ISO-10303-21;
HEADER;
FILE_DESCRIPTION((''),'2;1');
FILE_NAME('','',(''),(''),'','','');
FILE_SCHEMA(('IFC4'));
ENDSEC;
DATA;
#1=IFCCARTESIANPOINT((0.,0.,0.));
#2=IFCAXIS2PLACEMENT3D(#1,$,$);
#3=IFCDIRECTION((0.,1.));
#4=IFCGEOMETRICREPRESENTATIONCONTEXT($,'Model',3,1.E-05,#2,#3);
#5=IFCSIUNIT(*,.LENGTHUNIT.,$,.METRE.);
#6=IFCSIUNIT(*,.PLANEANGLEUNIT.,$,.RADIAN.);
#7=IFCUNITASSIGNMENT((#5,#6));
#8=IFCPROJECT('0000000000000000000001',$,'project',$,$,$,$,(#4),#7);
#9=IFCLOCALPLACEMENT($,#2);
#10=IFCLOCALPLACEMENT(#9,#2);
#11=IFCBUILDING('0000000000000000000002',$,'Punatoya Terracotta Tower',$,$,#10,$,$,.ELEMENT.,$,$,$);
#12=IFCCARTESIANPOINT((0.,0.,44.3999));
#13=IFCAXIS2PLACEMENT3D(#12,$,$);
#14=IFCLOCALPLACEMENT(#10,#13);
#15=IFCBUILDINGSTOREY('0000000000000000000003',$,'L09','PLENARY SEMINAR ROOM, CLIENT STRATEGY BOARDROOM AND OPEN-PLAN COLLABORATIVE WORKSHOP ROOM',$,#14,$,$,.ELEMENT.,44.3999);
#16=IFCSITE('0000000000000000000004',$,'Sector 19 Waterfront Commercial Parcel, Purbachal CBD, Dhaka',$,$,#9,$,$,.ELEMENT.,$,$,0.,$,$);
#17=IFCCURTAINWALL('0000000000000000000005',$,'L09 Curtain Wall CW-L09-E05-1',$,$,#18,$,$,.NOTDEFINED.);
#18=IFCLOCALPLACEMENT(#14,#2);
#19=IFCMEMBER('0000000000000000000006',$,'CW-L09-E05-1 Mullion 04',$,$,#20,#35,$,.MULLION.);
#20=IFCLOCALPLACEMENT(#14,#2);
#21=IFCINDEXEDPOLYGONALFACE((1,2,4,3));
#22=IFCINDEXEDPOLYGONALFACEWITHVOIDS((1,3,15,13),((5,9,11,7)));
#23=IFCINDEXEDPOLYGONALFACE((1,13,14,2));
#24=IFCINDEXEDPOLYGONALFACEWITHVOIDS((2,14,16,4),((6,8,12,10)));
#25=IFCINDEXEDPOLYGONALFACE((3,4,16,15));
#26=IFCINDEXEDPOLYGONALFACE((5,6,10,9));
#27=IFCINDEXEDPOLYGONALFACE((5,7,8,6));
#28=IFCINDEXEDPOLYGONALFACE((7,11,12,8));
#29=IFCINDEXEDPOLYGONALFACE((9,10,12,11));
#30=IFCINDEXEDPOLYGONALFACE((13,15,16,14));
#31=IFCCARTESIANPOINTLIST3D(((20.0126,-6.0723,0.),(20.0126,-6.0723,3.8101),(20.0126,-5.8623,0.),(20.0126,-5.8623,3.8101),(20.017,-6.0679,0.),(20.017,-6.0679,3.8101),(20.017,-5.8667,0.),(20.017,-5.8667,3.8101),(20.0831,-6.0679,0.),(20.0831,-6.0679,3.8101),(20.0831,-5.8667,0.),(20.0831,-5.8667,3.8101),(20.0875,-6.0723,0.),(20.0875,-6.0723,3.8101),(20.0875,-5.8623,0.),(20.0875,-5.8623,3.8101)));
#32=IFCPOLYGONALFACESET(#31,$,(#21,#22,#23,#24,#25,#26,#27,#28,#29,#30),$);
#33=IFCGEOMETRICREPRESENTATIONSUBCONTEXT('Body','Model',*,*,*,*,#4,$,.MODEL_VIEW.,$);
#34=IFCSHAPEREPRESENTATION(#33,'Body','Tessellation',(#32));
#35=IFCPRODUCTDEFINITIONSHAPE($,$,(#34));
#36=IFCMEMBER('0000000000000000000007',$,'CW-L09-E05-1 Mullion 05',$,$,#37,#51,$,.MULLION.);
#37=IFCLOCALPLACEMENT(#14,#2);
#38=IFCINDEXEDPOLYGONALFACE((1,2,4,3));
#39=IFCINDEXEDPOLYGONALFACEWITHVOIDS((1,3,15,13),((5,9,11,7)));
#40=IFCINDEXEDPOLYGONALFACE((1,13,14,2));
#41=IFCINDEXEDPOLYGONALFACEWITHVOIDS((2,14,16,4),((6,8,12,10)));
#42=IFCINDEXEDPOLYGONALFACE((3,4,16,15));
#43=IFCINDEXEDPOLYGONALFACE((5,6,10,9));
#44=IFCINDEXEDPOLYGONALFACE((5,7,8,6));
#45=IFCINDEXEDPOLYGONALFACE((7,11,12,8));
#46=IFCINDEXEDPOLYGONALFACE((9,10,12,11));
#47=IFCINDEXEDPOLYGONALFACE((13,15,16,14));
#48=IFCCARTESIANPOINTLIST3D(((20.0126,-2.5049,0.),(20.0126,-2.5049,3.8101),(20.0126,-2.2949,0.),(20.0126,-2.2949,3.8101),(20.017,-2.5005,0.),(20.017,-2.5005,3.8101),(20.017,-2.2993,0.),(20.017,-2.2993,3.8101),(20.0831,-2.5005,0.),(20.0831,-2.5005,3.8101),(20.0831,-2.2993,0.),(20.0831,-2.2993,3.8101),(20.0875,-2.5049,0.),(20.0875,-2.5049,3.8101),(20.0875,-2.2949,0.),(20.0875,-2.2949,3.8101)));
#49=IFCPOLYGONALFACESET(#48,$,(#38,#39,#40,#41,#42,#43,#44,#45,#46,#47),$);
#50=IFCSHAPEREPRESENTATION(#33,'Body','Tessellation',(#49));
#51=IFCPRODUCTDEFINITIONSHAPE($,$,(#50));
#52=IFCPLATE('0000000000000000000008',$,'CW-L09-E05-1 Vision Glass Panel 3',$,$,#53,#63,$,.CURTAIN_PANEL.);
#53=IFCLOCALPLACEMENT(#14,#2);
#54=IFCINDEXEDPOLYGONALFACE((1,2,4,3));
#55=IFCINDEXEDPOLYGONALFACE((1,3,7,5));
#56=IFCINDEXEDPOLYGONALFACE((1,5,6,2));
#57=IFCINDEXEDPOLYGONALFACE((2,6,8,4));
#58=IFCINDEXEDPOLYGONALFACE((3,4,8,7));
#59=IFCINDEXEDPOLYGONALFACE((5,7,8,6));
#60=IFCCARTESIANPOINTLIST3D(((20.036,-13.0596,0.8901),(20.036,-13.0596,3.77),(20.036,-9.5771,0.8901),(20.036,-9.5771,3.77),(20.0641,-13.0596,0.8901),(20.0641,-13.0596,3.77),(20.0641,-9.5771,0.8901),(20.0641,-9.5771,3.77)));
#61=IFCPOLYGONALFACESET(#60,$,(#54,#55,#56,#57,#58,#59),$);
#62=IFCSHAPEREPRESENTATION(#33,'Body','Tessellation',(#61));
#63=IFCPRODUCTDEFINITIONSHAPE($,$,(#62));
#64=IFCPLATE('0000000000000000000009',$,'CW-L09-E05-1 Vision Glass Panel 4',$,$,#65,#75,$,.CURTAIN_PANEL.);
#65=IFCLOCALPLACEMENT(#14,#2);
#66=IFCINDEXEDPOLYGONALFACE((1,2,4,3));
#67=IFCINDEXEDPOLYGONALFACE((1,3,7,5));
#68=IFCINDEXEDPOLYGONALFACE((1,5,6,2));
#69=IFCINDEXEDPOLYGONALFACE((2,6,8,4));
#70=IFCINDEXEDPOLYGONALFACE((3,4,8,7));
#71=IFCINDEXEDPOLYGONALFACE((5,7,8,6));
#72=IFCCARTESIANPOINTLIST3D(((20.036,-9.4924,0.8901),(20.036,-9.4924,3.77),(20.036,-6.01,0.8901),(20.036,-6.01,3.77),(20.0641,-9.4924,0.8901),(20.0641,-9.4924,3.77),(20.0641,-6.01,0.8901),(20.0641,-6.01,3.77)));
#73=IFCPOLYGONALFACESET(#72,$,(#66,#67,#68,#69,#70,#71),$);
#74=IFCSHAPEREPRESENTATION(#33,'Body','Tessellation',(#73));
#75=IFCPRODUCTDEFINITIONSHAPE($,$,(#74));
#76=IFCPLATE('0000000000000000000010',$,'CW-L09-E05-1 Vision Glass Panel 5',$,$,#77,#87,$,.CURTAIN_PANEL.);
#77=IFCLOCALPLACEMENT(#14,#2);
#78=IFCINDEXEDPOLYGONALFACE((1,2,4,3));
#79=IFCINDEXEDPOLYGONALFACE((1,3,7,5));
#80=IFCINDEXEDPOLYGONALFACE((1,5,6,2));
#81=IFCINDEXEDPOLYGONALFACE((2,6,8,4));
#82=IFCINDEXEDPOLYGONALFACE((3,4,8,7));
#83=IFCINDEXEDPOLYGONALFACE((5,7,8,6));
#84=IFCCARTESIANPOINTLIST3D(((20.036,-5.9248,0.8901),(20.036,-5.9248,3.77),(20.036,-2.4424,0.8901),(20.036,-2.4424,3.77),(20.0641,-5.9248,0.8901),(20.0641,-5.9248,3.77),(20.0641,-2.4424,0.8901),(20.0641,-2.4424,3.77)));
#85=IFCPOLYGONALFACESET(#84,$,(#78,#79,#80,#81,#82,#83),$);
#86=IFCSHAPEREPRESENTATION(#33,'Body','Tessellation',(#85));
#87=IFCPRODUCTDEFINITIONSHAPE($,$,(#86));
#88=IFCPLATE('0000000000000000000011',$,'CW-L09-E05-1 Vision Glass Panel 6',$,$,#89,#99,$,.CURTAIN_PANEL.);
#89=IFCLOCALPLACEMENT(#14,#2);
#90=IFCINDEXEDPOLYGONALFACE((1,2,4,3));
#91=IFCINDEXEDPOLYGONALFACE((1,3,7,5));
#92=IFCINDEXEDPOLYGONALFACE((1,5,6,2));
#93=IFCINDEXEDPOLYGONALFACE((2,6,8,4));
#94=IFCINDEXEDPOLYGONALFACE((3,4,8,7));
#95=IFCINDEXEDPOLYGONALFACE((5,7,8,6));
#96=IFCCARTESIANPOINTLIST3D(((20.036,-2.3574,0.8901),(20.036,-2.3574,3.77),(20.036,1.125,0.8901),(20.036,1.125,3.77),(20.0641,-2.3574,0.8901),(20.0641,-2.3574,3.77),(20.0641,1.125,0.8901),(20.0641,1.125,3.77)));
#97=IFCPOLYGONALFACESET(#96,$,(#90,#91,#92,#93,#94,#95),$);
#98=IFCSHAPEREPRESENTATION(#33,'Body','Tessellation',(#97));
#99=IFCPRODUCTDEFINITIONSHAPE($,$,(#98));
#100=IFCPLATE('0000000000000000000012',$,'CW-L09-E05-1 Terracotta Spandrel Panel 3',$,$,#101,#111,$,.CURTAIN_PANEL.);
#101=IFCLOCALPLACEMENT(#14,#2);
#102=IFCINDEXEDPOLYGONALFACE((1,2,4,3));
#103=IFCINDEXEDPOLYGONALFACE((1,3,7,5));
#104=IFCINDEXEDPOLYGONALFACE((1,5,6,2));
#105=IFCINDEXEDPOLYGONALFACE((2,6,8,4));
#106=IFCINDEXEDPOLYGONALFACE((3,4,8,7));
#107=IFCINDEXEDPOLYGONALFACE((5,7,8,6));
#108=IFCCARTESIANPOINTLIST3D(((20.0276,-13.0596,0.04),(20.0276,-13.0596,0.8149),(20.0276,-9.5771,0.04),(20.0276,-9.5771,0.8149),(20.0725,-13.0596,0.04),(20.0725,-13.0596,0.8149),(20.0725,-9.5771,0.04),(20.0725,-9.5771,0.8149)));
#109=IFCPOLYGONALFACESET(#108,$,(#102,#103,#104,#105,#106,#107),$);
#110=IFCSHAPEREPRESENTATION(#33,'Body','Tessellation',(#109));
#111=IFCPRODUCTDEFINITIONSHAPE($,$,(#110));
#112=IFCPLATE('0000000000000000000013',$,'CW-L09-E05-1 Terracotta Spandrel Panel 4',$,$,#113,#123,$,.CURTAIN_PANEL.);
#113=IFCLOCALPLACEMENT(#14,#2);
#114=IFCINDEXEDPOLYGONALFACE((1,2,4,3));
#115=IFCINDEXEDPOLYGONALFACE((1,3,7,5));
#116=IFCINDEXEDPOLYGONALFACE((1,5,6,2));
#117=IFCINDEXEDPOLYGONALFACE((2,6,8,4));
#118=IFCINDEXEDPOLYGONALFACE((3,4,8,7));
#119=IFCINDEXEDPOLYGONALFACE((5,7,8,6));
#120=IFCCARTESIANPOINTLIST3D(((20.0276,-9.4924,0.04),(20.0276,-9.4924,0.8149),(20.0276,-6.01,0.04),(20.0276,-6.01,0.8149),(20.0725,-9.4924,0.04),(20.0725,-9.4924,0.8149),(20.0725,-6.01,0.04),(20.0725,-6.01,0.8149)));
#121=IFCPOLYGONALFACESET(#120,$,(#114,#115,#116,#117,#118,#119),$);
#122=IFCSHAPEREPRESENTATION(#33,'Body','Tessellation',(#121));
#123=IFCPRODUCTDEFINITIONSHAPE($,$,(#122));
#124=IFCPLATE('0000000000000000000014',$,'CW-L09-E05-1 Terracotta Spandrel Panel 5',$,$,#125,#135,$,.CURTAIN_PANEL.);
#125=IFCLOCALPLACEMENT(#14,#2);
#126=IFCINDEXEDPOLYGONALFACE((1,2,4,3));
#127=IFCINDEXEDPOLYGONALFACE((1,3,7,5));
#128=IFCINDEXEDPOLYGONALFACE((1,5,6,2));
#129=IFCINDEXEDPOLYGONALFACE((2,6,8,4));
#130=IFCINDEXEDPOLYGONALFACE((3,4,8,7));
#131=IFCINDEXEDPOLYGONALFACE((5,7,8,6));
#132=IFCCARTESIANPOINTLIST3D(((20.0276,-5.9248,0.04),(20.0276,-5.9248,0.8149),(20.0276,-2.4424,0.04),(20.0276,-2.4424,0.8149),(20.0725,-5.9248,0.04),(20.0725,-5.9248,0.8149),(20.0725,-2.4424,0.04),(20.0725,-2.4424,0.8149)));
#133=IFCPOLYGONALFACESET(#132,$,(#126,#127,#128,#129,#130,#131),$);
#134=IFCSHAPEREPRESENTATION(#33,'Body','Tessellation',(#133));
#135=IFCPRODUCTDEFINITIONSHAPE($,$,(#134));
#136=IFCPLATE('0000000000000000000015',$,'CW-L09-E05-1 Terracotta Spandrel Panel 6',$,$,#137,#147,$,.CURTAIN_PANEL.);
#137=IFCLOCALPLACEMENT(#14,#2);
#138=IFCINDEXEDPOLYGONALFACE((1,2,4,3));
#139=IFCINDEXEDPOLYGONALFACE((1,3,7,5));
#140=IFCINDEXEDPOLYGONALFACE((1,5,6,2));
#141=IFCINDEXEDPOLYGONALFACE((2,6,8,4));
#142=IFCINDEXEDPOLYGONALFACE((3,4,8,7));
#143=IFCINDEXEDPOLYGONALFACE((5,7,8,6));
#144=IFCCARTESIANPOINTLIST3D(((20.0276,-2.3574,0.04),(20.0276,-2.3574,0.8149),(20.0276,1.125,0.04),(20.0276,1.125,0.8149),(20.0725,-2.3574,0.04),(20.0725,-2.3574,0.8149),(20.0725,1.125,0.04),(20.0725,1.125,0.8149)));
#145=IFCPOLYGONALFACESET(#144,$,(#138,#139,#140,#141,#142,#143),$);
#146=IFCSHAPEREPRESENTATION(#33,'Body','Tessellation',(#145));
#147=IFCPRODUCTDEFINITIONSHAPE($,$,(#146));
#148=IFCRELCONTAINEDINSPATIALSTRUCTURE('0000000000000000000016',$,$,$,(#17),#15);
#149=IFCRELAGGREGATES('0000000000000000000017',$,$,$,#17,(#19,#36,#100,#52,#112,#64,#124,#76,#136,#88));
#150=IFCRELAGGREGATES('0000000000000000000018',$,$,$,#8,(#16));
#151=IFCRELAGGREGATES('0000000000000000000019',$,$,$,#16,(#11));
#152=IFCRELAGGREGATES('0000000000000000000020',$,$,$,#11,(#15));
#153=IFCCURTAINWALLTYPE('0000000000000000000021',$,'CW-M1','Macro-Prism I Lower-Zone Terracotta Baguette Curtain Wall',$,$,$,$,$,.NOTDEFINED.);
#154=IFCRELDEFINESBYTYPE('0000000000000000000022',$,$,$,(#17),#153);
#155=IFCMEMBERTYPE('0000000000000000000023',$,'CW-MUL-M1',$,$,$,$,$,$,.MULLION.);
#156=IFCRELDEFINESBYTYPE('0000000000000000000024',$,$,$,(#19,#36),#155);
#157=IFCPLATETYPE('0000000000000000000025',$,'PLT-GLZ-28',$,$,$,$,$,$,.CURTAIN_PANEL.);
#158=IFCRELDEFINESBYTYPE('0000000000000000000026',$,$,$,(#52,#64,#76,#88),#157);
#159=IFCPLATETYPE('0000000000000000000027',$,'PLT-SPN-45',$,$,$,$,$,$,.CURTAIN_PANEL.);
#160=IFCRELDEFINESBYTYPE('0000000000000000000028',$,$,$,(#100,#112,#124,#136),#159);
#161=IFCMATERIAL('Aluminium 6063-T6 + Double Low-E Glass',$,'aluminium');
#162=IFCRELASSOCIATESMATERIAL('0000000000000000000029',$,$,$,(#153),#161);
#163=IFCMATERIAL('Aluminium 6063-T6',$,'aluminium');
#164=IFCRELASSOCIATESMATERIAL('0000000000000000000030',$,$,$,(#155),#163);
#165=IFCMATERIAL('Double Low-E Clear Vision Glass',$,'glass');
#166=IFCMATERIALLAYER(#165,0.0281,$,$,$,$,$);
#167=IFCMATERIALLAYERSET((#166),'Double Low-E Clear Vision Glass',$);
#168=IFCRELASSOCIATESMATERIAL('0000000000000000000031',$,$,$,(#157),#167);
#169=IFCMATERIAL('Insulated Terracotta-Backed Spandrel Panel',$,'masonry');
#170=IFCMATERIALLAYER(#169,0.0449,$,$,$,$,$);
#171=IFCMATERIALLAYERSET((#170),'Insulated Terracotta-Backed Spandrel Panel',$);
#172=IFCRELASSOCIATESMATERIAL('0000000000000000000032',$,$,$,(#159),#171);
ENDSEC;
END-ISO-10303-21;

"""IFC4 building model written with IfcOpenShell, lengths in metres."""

from ifc_helpers import new_model, si_unit, direction, frame, origin, origin_2d, place, context, subcontext, project, spatial, rectangle, hollow_rectangle, extrude, material, layer, layer_set, material_profile, profile_set, type_object, element, aggregate, save


model = new_model("IFC4")

# Units and contexts
model_context = context("Model", 3, precision=1e-05, world=origin(), true_north=direction((0.0, 1.0)))
body_context = subcontext(model_context, "Body", "Model", "MODEL_VIEW")
ifc_project = project(units=[si_unit("LENGTHUNIT", "METRE"), si_unit("PLANEANGLEUNIT", "RADIAN")], contexts=[model_context])

# Site, building, storey
site_placement = place(None, origin())
site = spatial("IfcSite", under=ifc_project, at=site_placement, Name="Sector 19 Waterfront Commercial Parcel, Purbachal CBD, Dhaka", CompositionType="ELEMENT", RefElevation=0.0)
building_placement = place(site_placement, origin())
building = spatial("IfcBuilding", under=site, at=building_placement, Name="Punatoya Terracotta Tower", CompositionType="ELEMENT")
storey_placement = place(building_placement, frame((0.0, 0.0, 44.3999)))
storey = spatial("IfcBuildingStorey", under=building, at=storey_placement, Name="L09", Description="PLENARY SEMINAR ROOM, CLIENT STRATEGY BOARDROOM AND OPEN-PLAN COLLABORATIVE WORKSHOP ROOM", CompositionType="ELEMENT", Elevation=44.3999)

# Curtain wall, members, plates
ifc_material_1 = material(Name="Aluminium 6063-T6 + Double Low-E Glass", Category="aluminium")
curtain_wall_type = type_object("IfcCurtainWallType", Name="CW-M1", Description="Macro-Prism I Lower-Zone Terracotta Baguette Curtain Wall", PredefinedType="NOTDEFINED", material=ifc_material_1)
curtain_wall_placement = place(storey_placement, origin())
curtain_wall = element("IfcCurtainWall", 1, at=curtain_wall_placement, inside=storey, type_object=curtain_wall_type, Name="L09 Curtain Wall CW-L09-E05-1", PredefinedType="NOTDEFINED")
ifc_material_2 = material(Name="Aluminium 6063-T6", Category="aluminium")
ifc_material_profile_1 = material_profile(ifc_material_2, hollow_rectangle(XDim=0.075, YDim=0.21, WallThickness=0.0044, at=origin_2d()))
ifc_profile_set_1 = profile_set([ifc_material_profile_1], Name="Aluminium 6063-T6")
member_type = type_object("IfcMemberType", Name="CW-MUL-M1", PredefinedType="MULLION", material=ifc_profile_set_1)
member_1_placement = place(storey_placement, frame((20.05, -5.9673, 0.0), z_axis=(0.0, 0.0, 1.0), x_axis=(1.0, 0.0, 0.0)))
member_1 = element("IfcMember", 2, at=member_1_placement, type_object=member_type, Name="CW-L09-E05-1 Mullion 04", PredefinedType="MULLION", context=body_context, shape_type="SweptSolid", body=[
    extrude(hollow_rectangle(XDim=0.075, YDim=0.21, WallThickness=0.0044, at=origin_2d()), origin(), (0.0, 0.0, 1.0), 3.8101),
])
member_2_placement = place(storey_placement, frame((20.05, -2.3999, 0.0), z_axis=(0.0, 0.0, 1.0), x_axis=(1.0, 0.0, 0.0)))
member_2 = element("IfcMember", 3, at=member_2_placement, type_object=member_type, Name="CW-L09-E05-1 Mullion 05", PredefinedType="MULLION", context=body_context, shape_type="SweptSolid", body=[
    extrude(hollow_rectangle(XDim=0.075, YDim=0.21, WallThickness=0.0044, at=origin_2d()), origin(), (0.0, 0.0, 1.0), 3.8101),
])
ifc_material_3 = material(Name="Double Low-E Clear Vision Glass", Category="glass")
ifc_layer_1 = layer(ifc_material_3, 0.0281)
ifc_layer_set_1 = layer_set([ifc_layer_1], Name="Double Low-E Clear Vision Glass")
plate_type_1 = type_object("IfcPlateType", Name="PLT-GLZ-28", PredefinedType="CURTAIN_PANEL", material=ifc_layer_set_1)
plate_1_placement = place(storey_placement, frame((20.05, -11.3184, 0.8901), z_axis=(0.0, 0.0, 1.0), x_axis=(0.0, 1.0, 0.0)))
plate_1 = element("IfcPlate", 4, at=plate_1_placement, type_object=plate_type_1, Name="CW-L09-E05-1 Vision Glass Panel 3", PredefinedType="CURTAIN_PANEL", context=body_context, shape_type="SweptSolid", body=[
    extrude(rectangle(XDim=3.4824, YDim=0.0281, at=origin_2d()), origin(), (0.0, 0.0, 1.0), 2.8799),
])
plate_2_placement = place(storey_placement, frame((20.05, -7.7512, 0.8901), z_axis=(0.0, 0.0, 1.0), x_axis=(0.0, 1.0, 0.0)))
plate_2 = element("IfcPlate", 5, at=plate_2_placement, type_object=plate_type_1, Name="CW-L09-E05-1 Vision Glass Panel 4", PredefinedType="CURTAIN_PANEL", context=body_context, shape_type="SweptSolid", body=[
    extrude(rectangle(XDim=3.4824, YDim=0.0281, at=origin_2d()), origin(), (0.0, 0.0, 1.0), 2.8799),
])
plate_3_placement = place(storey_placement, frame((20.05, -4.1836, 0.8901), z_axis=(0.0, 0.0, 1.0), x_axis=(0.0, 1.0, 0.0)))
plate_3 = element("IfcPlate", 6, at=plate_3_placement, type_object=plate_type_1, Name="CW-L09-E05-1 Vision Glass Panel 5", PredefinedType="CURTAIN_PANEL", context=body_context, shape_type="SweptSolid", body=[
    extrude(rectangle(XDim=3.4824, YDim=0.0281, at=origin_2d()), origin(), (0.0, 0.0, 1.0), 2.8799),
])
plate_4_placement = place(storey_placement, frame((20.05, -0.6162, 0.8901), z_axis=(0.0, 0.0, 1.0), x_axis=(0.0, 1.0, 0.0)))
plate_4 = element("IfcPlate", 7, at=plate_4_placement, type_object=plate_type_1, Name="CW-L09-E05-1 Vision Glass Panel 6", PredefinedType="CURTAIN_PANEL", context=body_context, shape_type="SweptSolid", body=[
    extrude(rectangle(XDim=3.4824, YDim=0.0281, at=origin_2d()), origin(), (0.0, 0.0, 1.0), 2.8799),
])
ifc_material_4 = material(Name="Insulated Terracotta-Backed Spandrel Panel", Category="masonry")
ifc_layer_2 = layer(ifc_material_4, 0.0449)
ifc_layer_set_2 = layer_set([ifc_layer_2], Name="Insulated Terracotta-Backed Spandrel Panel")
plate_type_2 = type_object("IfcPlateType", Name="PLT-SPN-45", PredefinedType="CURTAIN_PANEL", material=ifc_layer_set_2)
plate_5_placement = place(storey_placement, frame((20.05, -11.3184, 0.04), z_axis=(0.0, 0.0, 1.0), x_axis=(0.0, 1.0, 0.0)))
plate_5 = element("IfcPlate", 8, at=plate_5_placement, type_object=plate_type_2, Name="CW-L09-E05-1 Terracotta Spandrel Panel 3", PredefinedType="CURTAIN_PANEL", context=body_context, shape_type="SweptSolid", body=[
    extrude(rectangle(XDim=3.4824, YDim=0.0449, at=origin_2d()), origin(), (0.0, 0.0, 1.0), 0.7749),
])
plate_6_placement = place(storey_placement, frame((20.05, -7.7512, 0.04), z_axis=(0.0, 0.0, 1.0), x_axis=(0.0, 1.0, 0.0)))
plate_6 = element("IfcPlate", 9, at=plate_6_placement, type_object=plate_type_2, Name="CW-L09-E05-1 Terracotta Spandrel Panel 4", PredefinedType="CURTAIN_PANEL", context=body_context, shape_type="SweptSolid", body=[
    extrude(rectangle(XDim=3.4824, YDim=0.0449, at=origin_2d()), origin(), (0.0, 0.0, 1.0), 0.7749),
])
plate_7_placement = place(storey_placement, frame((20.05, -4.1836, 0.04), z_axis=(0.0, 0.0, 1.0), x_axis=(0.0, 1.0, 0.0)))
plate_7 = element("IfcPlate", 10, at=plate_7_placement, type_object=plate_type_2, Name="CW-L09-E05-1 Terracotta Spandrel Panel 5", PredefinedType="CURTAIN_PANEL", context=body_context, shape_type="SweptSolid", body=[
    extrude(rectangle(XDim=3.4824, YDim=0.0449, at=origin_2d()), origin(), (0.0, 0.0, 1.0), 0.7749),
])
plate_8_placement = place(storey_placement, frame((20.05, -0.6162, 0.04), z_axis=(0.0, 0.0, 1.0), x_axis=(0.0, 1.0, 0.0)))
plate_8 = element("IfcPlate", 11, at=plate_8_placement, type_object=plate_type_2, Name="CW-L09-E05-1 Terracotta Spandrel Panel 6", PredefinedType="CURTAIN_PANEL", context=body_context, shape_type="SweptSolid", body=[
    extrude(rectangle(XDim=3.4824, YDim=0.0449, at=origin_2d()), origin(), (0.0, 0.0, 1.0), 0.7749),
])
aggregate(curtain_wall, [member_1, member_2, plate_5, plate_1, plate_6, plate_2, plate_7, plate_3, plate_8, plate_4])

save(model, "model.ifc")
